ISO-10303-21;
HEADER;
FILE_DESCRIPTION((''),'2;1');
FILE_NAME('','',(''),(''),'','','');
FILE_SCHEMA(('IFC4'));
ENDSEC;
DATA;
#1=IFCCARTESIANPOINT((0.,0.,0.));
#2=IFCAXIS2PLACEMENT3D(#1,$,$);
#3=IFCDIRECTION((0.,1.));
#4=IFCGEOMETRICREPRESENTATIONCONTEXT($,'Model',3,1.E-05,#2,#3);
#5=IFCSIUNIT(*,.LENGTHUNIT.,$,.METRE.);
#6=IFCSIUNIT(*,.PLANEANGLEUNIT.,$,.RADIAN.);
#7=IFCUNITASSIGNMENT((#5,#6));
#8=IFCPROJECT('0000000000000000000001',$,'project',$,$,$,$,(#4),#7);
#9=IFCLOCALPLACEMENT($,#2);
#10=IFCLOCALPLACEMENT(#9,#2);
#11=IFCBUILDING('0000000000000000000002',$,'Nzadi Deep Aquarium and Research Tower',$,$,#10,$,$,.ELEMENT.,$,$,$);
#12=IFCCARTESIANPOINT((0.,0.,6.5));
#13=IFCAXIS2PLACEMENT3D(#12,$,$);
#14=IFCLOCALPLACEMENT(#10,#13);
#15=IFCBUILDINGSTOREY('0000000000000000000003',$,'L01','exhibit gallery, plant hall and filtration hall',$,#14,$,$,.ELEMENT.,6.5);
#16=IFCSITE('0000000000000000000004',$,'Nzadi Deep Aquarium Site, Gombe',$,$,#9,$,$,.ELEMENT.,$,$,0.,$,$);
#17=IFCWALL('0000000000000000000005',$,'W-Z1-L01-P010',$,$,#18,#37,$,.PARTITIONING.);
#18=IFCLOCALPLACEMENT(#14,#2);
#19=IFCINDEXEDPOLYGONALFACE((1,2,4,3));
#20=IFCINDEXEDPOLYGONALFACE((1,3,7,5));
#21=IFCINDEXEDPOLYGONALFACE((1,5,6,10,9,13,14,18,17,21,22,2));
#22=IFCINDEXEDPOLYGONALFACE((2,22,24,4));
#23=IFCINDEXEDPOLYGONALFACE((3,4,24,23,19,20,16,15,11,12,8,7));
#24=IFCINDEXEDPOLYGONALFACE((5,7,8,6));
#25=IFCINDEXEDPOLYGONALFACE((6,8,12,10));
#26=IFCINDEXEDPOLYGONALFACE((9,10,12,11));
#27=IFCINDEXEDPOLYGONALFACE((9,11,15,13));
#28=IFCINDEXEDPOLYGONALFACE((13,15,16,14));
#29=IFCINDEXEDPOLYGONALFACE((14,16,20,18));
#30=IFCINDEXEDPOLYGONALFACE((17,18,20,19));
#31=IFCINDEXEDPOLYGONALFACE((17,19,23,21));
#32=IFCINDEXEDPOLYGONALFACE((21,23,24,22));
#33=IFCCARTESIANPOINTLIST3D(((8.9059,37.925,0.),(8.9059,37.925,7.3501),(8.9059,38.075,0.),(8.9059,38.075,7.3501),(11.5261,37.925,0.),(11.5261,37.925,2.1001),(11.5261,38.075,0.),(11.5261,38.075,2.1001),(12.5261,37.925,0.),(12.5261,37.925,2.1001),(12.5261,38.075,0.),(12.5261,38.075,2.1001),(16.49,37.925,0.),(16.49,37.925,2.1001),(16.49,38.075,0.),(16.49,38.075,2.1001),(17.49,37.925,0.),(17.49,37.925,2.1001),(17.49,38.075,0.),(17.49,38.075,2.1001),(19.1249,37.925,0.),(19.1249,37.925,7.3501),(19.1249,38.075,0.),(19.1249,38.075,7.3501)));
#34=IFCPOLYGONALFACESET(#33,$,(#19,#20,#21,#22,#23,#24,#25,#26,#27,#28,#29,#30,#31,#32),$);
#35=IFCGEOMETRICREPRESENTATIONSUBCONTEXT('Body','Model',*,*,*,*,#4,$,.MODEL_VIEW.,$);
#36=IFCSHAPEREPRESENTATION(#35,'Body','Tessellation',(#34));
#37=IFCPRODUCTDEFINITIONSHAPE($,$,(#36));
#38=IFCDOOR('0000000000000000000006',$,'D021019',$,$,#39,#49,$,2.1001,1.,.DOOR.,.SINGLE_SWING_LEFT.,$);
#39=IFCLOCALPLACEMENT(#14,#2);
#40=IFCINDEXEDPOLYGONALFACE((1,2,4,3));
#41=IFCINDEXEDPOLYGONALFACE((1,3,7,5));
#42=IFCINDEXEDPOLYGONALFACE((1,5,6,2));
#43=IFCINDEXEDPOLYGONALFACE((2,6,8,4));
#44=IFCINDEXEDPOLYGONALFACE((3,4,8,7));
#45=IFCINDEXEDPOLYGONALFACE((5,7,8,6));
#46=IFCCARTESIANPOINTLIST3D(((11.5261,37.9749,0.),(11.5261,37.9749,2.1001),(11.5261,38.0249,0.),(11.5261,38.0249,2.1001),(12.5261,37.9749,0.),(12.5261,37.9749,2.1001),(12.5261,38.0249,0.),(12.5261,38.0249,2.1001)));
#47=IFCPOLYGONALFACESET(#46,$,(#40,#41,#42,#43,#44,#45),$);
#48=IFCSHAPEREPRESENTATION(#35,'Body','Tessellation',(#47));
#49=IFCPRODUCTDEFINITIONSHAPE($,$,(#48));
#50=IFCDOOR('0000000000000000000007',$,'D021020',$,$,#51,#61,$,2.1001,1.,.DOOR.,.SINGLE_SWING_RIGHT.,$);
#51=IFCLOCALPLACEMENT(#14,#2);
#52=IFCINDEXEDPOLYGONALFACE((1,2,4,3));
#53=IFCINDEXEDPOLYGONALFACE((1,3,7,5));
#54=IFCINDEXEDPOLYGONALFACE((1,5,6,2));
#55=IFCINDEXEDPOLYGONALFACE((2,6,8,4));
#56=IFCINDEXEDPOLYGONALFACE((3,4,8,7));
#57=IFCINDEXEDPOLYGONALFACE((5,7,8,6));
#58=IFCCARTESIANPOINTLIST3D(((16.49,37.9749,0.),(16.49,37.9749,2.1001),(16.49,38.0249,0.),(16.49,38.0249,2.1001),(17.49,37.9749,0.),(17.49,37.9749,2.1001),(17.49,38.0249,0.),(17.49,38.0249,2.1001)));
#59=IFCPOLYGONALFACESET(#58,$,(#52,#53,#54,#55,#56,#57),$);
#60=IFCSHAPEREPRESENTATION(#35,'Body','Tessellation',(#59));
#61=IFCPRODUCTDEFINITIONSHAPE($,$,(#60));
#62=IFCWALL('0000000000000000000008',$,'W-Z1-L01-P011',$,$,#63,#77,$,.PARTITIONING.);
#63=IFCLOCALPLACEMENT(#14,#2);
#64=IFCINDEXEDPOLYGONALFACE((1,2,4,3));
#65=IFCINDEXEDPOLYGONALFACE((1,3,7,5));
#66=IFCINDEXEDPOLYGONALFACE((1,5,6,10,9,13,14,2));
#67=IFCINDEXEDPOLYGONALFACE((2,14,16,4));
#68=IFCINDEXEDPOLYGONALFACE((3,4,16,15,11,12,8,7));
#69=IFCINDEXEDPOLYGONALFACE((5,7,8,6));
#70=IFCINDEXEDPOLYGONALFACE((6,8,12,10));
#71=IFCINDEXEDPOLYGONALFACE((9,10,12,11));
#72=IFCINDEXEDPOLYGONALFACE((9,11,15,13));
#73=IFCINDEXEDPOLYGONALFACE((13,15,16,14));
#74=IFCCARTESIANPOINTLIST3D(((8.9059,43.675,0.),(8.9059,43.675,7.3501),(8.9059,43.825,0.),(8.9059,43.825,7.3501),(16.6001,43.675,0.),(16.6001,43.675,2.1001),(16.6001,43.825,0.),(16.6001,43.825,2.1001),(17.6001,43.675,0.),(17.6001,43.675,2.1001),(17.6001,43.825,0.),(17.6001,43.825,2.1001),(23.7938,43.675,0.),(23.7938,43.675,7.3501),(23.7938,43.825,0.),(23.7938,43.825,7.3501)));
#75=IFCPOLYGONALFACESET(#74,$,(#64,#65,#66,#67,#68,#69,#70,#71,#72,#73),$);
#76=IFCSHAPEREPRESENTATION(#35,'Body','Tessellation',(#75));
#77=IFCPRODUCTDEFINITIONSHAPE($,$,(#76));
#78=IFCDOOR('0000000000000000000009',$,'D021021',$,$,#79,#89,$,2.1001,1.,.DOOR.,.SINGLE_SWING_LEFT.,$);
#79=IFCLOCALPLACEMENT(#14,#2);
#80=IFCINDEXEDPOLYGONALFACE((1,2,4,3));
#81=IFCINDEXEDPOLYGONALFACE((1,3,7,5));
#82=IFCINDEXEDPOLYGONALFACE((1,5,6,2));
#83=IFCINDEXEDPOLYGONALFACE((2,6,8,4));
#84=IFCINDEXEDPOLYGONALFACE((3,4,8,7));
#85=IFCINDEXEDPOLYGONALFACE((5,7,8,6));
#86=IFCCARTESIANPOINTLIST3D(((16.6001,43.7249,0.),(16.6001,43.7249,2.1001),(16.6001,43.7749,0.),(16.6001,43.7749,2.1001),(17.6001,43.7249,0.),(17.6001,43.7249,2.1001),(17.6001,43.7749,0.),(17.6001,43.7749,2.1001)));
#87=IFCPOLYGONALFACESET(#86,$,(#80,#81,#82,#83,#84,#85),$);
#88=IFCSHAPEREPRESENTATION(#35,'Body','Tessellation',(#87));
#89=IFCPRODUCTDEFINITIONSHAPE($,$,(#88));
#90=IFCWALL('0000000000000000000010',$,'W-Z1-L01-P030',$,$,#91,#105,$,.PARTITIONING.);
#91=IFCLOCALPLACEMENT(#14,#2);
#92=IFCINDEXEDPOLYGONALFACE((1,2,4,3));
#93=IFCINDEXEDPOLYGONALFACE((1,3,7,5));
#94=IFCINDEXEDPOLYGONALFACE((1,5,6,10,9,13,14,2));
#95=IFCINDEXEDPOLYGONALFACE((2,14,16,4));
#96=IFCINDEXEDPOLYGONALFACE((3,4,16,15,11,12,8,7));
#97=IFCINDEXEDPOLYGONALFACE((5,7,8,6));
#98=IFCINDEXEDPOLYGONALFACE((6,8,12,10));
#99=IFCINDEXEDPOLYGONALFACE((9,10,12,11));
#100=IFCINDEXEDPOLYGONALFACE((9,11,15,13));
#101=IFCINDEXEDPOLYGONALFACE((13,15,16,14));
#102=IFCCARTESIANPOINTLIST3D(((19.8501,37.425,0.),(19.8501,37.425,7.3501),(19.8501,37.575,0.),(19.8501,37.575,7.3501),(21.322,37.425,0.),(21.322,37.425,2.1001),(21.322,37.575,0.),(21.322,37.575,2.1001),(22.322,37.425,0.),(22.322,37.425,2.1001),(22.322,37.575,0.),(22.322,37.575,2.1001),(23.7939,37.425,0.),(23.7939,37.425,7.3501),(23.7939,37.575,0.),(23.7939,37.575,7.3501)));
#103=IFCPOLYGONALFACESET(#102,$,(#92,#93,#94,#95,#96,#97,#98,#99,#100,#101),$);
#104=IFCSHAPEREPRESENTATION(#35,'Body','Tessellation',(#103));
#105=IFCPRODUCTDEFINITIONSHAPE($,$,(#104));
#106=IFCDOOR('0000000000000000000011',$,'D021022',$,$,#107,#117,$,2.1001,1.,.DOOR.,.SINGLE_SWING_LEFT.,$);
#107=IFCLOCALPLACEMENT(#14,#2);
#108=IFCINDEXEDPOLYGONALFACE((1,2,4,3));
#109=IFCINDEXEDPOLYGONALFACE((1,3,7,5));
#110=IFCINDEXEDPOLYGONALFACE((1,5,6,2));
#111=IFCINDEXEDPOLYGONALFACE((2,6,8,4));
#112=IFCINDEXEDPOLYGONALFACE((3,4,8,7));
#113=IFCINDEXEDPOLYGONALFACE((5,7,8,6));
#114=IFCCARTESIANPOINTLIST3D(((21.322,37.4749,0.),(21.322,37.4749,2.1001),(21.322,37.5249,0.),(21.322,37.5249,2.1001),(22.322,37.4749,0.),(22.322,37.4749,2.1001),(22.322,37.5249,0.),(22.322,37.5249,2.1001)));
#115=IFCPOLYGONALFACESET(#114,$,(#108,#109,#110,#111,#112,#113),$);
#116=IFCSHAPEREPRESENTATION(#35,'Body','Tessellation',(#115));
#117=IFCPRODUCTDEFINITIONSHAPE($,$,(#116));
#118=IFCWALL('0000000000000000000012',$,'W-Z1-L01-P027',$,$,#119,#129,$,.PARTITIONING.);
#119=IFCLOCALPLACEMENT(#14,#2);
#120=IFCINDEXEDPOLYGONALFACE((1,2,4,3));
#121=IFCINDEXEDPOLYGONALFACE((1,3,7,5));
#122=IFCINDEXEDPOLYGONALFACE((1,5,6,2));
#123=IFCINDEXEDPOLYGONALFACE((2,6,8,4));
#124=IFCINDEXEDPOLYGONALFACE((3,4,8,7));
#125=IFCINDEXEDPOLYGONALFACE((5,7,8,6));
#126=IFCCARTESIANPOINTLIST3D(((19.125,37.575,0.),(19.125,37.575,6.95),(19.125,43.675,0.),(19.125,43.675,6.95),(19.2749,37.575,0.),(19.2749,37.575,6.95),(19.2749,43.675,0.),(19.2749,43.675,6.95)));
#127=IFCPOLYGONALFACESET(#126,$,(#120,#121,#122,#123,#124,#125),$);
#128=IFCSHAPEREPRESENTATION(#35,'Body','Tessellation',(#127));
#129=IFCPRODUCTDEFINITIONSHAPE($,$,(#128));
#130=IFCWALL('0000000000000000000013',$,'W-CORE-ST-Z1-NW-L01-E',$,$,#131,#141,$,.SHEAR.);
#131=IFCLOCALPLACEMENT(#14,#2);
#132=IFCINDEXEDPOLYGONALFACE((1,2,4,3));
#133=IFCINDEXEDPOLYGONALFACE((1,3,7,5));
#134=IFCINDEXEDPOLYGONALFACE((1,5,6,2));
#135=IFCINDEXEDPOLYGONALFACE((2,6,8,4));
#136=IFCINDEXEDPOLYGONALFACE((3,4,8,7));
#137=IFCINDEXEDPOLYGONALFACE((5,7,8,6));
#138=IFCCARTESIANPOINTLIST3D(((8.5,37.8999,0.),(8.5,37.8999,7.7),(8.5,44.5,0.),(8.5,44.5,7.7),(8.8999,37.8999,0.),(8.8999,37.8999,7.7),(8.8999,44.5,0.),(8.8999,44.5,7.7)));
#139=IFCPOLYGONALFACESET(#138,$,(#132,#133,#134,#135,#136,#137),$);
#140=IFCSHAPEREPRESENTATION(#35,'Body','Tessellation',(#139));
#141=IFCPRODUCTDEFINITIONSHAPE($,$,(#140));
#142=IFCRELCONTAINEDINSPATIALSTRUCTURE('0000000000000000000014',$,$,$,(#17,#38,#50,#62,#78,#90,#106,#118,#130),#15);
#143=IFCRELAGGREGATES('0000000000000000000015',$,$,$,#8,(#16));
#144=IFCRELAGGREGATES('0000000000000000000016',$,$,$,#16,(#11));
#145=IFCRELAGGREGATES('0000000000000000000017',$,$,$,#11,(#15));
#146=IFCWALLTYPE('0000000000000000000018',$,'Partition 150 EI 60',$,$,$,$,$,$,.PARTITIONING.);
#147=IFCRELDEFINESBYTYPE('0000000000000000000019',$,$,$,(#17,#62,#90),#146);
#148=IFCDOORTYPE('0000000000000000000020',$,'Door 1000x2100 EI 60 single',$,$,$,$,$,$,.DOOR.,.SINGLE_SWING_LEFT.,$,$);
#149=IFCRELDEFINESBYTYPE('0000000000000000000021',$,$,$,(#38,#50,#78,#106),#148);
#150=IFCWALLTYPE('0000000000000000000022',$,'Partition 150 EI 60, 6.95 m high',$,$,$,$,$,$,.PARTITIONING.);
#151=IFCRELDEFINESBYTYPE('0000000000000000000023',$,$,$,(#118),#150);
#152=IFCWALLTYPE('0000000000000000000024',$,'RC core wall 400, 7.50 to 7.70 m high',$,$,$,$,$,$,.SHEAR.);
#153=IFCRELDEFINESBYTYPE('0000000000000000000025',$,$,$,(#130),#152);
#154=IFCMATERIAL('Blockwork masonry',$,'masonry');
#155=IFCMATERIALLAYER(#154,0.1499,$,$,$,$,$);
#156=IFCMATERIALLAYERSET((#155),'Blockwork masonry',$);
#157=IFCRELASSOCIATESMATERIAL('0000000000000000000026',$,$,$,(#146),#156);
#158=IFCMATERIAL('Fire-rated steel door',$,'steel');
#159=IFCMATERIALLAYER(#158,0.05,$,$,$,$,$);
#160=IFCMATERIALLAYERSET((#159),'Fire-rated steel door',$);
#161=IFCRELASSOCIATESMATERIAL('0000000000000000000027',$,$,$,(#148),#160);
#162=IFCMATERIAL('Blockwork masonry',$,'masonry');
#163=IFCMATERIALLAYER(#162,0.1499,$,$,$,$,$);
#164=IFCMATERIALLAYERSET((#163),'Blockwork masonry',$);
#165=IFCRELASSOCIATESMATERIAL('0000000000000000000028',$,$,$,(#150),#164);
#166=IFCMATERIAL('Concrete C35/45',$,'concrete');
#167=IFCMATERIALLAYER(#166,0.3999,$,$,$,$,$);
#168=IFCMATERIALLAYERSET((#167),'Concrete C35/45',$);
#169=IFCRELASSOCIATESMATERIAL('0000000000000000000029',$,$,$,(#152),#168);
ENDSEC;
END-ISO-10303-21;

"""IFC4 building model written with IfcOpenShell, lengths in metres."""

from ifc_helpers import new_model, si_unit, direction, frame, frame_2d, origin, place, context, subcontext, project, spatial, rectangle, extrude, material, layer, layer_set, type_object, element, fill, save


model = new_model("IFC4")

# Units and contexts
model_context = context("Model", 3, precision=1e-05, world=origin(), true_north=direction((0.0, 1.0)))
body_context = subcontext(model_context, "Body", "Model", "MODEL_VIEW")
ifc_project = project(units=[si_unit("LENGTHUNIT", "METRE"), si_unit("PLANEANGLEUNIT", "RADIAN")], contexts=[model_context])

# Site, building, storey
site_placement = place(None, origin())
site = spatial("IfcSite", under=ifc_project, at=site_placement, Name="Nzadi Deep Aquarium Site, Gombe", CompositionType="ELEMENT", RefElevation=0.0)
building_placement = place(site_placement, origin())
building = spatial("IfcBuilding", under=site, at=building_placement, Name="Nzadi Deep Aquarium and Research Tower", CompositionType="ELEMENT")
storey_placement = place(building_placement, frame((0.0, 0.0, 6.5)))
storey = spatial("IfcBuildingStorey", under=building, at=storey_placement, Name="L01", Description="exhibit gallery, plant hall and filtration hall", CompositionType="ELEMENT", Elevation=6.5)

# Wall, openings, doors
ifc_material_1 = material(Name="Blockwork masonry", Category="masonry")
ifc_layer_1 = layer(ifc_material_1, 0.1499)
ifc_layer_set_1 = layer_set([ifc_layer_1], Name="Blockwork masonry")
wall_type_1 = type_object("IfcWallType", Name="Partition 150 EI 60", PredefinedType="PARTITIONING", material=ifc_layer_set_1)
wall_1_placement = place(storey_placement, frame((8.906, 38.0, 0.0), z_axis=(0.0, 0.0, 1.0), x_axis=(1.0, 0.0, 0.0)))
wall_1 = element("IfcWall", 1, at=wall_1_placement, inside=storey, type_object=wall_type_1, Name="W-Z1-L01-P010", PredefinedType="PARTITIONING", context=body_context, shape_type="SweptSolid", body=[
    extrude(rectangle(XDim=10.219, YDim=0.1499, at=frame_2d((5.1094, 0.0))), origin(), (0.0, 0.0, 1.0), 7.3501),
])
opening_1_placement = place(wall_1_placement, frame((2.6201, 0.0, 0.0)))
opening_1 = element("IfcOpeningElement", 2, at=opening_1_placement, cuts=wall_1, PredefinedType="OPENING", context=body_context, shape_type="SweptSolid", body=[
    extrude(rectangle(XDim=1.0, YDim=2.1001, at=frame_2d((0.5, 1.05))), frame((0.0, 0.085, 0.0), z_axis=(0.0, -1.0, 0.0), x_axis=(1.0, 0.0, 0.0)), (0.0, 0.0, 1.0), 0.1699),
])
opening_2_placement = place(wall_1_placement, frame((7.584, 0.0, 0.0)))
opening_2 = element("IfcOpeningElement", 3, at=opening_2_placement, cuts=wall_1, PredefinedType="OPENING", context=body_context, shape_type="SweptSolid", body=[
    extrude(rectangle(XDim=1.0, YDim=2.1001, at=frame_2d((0.5, 1.05))), frame((0.0, 0.085, 0.0), z_axis=(0.0, -1.0, 0.0), x_axis=(1.0, 0.0, 0.0)), (0.0, 0.0, 1.0), 0.1699),
])
ifc_material_2 = material(Name="Fire-rated steel door", Category="steel")
ifc_layer_2 = layer(ifc_material_2, 0.05)
ifc_layer_set_2 = layer_set([ifc_layer_2], Name="Fire-rated steel door")
door_type_1 = type_object("IfcDoorType", Name="Door 1000x2100 EI 60 single", OperationType="SINGLE_SWING_LEFT", PredefinedType="DOOR", material=ifc_layer_set_2)
door_1_placement = place(opening_1_placement, origin())
door_1 = element("IfcDoor", 4, at=door_1_placement, inside=storey, type_object=door_type_1, Name="D021019", OperationType="SINGLE_SWING_LEFT", OverallHeight=2.1001, OverallWidth=1.0, PredefinedType="DOOR", context=body_context, shape_type="SweptSolid", body=[
    extrude(rectangle(XDim=1.0, YDim=2.1001, at=frame_2d((0.5, 1.05))), frame((0.0, 0.0249, 0.0), z_axis=(0.0, -1.0, 0.0), x_axis=(1.0, 0.0, 0.0)), (0.0, 0.0, 1.0), 0.05),
])
fill(opening_1, door_1)
door_2_placement = place(opening_2_placement, origin())
door_2 = element("IfcDoor", 5, at=door_2_placement, inside=storey, type_object=door_type_1, Name="D021020", OperationType="SINGLE_SWING_RIGHT", OverallHeight=2.1001, OverallWidth=1.0, PredefinedType="DOOR", context=body_context, shape_type="SweptSolid", body=[
    extrude(rectangle(XDim=1.0, YDim=2.1001, at=frame_2d((0.5, 1.05))), frame((0.0, 0.0249, 0.0), z_axis=(0.0, -1.0, 0.0), x_axis=(1.0, 0.0, 0.0)), (0.0, 0.0, 1.0), 0.05),
])
fill(opening_2, door_2)

# Walls, openings, doors
wall_2_placement = place(storey_placement, frame((8.906, 43.75, 0.0), z_axis=(0.0, 0.0, 1.0), x_axis=(1.0, 0.0, 0.0)))
wall_2 = element("IfcWall", 6, at=wall_2_placement, inside=storey, type_object=wall_type_1, Name="W-Z1-L01-P011", PredefinedType="PARTITIONING", context=body_context, shape_type="SweptSolid", body=[
    extrude(rectangle(XDim=14.8879, YDim=0.1499, at=frame_2d((7.4438, 0.0))), origin(), (0.0, 0.0, 1.0), 7.3501),
])
opening_3_placement = place(wall_2_placement, frame((7.6941, 0.0, 0.0)))
opening_3 = element("IfcOpeningElement", 7, at=opening_3_placement, cuts=wall_2, PredefinedType="OPENING", context=body_context, shape_type="SweptSolid", body=[
    extrude(rectangle(XDim=1.0, YDim=2.1001, at=frame_2d((0.5, 1.05))), frame((0.0, 0.085, 0.0), z_axis=(0.0, -1.0, 0.0), x_axis=(1.0, 0.0, 0.0)), (0.0, 0.0, 1.0), 0.1699),
])
door_3_placement = place(opening_3_placement, origin())
door_3 = element("IfcDoor", 8, at=door_3_placement, inside=storey, type_object=door_type_1, Name="D021021", OperationType="SINGLE_SWING_LEFT", OverallHeight=2.1001, OverallWidth=1.0, PredefinedType="DOOR", context=body_context, shape_type="SweptSolid", body=[
    extrude(rectangle(XDim=1.0, YDim=2.1001, at=frame_2d((0.5, 1.05))), frame((0.0, 0.0249, 0.0), z_axis=(0.0, -1.0, 0.0), x_axis=(1.0, 0.0, 0.0)), (0.0, 0.0, 1.0), 0.05),
])
fill(opening_3, door_3)
wall_3_placement = place(storey_placement, frame((19.8501, 37.5, 0.0), z_axis=(0.0, 0.0, 1.0), x_axis=(1.0, 0.0, 0.0)))
wall_3 = element("IfcWall", 9, at=wall_3_placement, inside=storey, type_object=wall_type_1, Name="W-Z1-L01-P030", PredefinedType="PARTITIONING", context=body_context, shape_type="SweptSolid", body=[
    extrude(rectangle(XDim=3.9438, YDim=0.1499, at=frame_2d((1.9719, 0.0))), origin(), (0.0, 0.0, 1.0), 7.3501),
])
opening_4_placement = place(wall_3_placement, frame((1.4719, 0.0, 0.0)))
opening_4 = element("IfcOpeningElement", 10, at=opening_4_placement, cuts=wall_3, PredefinedType="OPENING", context=body_context, shape_type="SweptSolid", body=[
    extrude(rectangle(XDim=1.0, YDim=2.1001, at=frame_2d((0.5, 1.05))), frame((0.0, 0.085, 0.0), z_axis=(0.0, -1.0, 0.0), x_axis=(1.0, 0.0, 0.0)), (0.0, 0.0, 1.0), 0.1699),
])
door_4_placement = place(opening_4_placement, origin())
door_4 = element("IfcDoor", 11, at=door_4_placement, inside=storey, type_object=door_type_1, Name="D021022", OperationType="SINGLE_SWING_LEFT", OverallHeight=2.1001, OverallWidth=1.0, PredefinedType="DOOR", context=body_context, shape_type="SweptSolid", body=[
    extrude(rectangle(XDim=1.0, YDim=2.1001, at=frame_2d((0.5, 1.05))), frame((0.0, 0.0249, 0.0), z_axis=(0.0, -1.0, 0.0), x_axis=(1.0, 0.0, 0.0)), (0.0, 0.0, 1.0), 0.05),
])
fill(opening_4, door_4)

# Walls
ifc_material_3 = material(Name="Blockwork masonry", Category="masonry")
ifc_layer_3 = layer(ifc_material_3, 0.1499)
ifc_layer_set_3 = layer_set([ifc_layer_3], Name="Blockwork masonry")
wall_type_2 = type_object("IfcWallType", Name="Partition 150 EI 60, 6.95 m high", PredefinedType="PARTITIONING", material=ifc_layer_set_3)
wall_4_placement = place(storey_placement, frame((19.2, 37.575, 0.0), z_axis=(0.0, 0.0, 1.0), x_axis=(0.0, 1.0, 0.0)))
element("IfcWall", 12, at=wall_4_placement, inside=storey, type_object=wall_type_2, Name="W-Z1-L01-P027", PredefinedType="PARTITIONING", context=body_context, shape_type="SweptSolid", body=[
    extrude(rectangle(XDim=6.1001, YDim=0.1499, at=frame_2d((3.05, 0.0))), origin(), (0.0, 0.0, 1.0), 6.95),
])
ifc_material_4 = material(Name="Concrete C35/45", Category="concrete")
ifc_layer_4 = layer(ifc_material_4, 0.3999)
ifc_layer_set_4 = layer_set([ifc_layer_4], Name="Concrete C35/45")
wall_type_3 = type_object("IfcWallType", Name="RC core wall 400, 7.50 to 7.70 m high", PredefinedType="SHEAR", material=ifc_layer_set_4)
wall_5_placement = place(storey_placement, frame((8.7, 37.8999, 0.0), z_axis=(0.0, 0.0, 1.0), x_axis=(0.0, 1.0, 0.0)))
element("IfcWall", 13, at=wall_5_placement, inside=storey, type_object=wall_type_3, Name="W-CORE-ST-Z1-NW-L01-E", PredefinedType="SHEAR", context=body_context, shape_type="SweptSolid", body=[
    extrude(rectangle(XDim=6.6001, YDim=0.3999, at=frame_2d((3.3, 0.0))), origin(), (0.0, 0.0, 1.0), 7.7),
])

save(model, "model.ifc")
